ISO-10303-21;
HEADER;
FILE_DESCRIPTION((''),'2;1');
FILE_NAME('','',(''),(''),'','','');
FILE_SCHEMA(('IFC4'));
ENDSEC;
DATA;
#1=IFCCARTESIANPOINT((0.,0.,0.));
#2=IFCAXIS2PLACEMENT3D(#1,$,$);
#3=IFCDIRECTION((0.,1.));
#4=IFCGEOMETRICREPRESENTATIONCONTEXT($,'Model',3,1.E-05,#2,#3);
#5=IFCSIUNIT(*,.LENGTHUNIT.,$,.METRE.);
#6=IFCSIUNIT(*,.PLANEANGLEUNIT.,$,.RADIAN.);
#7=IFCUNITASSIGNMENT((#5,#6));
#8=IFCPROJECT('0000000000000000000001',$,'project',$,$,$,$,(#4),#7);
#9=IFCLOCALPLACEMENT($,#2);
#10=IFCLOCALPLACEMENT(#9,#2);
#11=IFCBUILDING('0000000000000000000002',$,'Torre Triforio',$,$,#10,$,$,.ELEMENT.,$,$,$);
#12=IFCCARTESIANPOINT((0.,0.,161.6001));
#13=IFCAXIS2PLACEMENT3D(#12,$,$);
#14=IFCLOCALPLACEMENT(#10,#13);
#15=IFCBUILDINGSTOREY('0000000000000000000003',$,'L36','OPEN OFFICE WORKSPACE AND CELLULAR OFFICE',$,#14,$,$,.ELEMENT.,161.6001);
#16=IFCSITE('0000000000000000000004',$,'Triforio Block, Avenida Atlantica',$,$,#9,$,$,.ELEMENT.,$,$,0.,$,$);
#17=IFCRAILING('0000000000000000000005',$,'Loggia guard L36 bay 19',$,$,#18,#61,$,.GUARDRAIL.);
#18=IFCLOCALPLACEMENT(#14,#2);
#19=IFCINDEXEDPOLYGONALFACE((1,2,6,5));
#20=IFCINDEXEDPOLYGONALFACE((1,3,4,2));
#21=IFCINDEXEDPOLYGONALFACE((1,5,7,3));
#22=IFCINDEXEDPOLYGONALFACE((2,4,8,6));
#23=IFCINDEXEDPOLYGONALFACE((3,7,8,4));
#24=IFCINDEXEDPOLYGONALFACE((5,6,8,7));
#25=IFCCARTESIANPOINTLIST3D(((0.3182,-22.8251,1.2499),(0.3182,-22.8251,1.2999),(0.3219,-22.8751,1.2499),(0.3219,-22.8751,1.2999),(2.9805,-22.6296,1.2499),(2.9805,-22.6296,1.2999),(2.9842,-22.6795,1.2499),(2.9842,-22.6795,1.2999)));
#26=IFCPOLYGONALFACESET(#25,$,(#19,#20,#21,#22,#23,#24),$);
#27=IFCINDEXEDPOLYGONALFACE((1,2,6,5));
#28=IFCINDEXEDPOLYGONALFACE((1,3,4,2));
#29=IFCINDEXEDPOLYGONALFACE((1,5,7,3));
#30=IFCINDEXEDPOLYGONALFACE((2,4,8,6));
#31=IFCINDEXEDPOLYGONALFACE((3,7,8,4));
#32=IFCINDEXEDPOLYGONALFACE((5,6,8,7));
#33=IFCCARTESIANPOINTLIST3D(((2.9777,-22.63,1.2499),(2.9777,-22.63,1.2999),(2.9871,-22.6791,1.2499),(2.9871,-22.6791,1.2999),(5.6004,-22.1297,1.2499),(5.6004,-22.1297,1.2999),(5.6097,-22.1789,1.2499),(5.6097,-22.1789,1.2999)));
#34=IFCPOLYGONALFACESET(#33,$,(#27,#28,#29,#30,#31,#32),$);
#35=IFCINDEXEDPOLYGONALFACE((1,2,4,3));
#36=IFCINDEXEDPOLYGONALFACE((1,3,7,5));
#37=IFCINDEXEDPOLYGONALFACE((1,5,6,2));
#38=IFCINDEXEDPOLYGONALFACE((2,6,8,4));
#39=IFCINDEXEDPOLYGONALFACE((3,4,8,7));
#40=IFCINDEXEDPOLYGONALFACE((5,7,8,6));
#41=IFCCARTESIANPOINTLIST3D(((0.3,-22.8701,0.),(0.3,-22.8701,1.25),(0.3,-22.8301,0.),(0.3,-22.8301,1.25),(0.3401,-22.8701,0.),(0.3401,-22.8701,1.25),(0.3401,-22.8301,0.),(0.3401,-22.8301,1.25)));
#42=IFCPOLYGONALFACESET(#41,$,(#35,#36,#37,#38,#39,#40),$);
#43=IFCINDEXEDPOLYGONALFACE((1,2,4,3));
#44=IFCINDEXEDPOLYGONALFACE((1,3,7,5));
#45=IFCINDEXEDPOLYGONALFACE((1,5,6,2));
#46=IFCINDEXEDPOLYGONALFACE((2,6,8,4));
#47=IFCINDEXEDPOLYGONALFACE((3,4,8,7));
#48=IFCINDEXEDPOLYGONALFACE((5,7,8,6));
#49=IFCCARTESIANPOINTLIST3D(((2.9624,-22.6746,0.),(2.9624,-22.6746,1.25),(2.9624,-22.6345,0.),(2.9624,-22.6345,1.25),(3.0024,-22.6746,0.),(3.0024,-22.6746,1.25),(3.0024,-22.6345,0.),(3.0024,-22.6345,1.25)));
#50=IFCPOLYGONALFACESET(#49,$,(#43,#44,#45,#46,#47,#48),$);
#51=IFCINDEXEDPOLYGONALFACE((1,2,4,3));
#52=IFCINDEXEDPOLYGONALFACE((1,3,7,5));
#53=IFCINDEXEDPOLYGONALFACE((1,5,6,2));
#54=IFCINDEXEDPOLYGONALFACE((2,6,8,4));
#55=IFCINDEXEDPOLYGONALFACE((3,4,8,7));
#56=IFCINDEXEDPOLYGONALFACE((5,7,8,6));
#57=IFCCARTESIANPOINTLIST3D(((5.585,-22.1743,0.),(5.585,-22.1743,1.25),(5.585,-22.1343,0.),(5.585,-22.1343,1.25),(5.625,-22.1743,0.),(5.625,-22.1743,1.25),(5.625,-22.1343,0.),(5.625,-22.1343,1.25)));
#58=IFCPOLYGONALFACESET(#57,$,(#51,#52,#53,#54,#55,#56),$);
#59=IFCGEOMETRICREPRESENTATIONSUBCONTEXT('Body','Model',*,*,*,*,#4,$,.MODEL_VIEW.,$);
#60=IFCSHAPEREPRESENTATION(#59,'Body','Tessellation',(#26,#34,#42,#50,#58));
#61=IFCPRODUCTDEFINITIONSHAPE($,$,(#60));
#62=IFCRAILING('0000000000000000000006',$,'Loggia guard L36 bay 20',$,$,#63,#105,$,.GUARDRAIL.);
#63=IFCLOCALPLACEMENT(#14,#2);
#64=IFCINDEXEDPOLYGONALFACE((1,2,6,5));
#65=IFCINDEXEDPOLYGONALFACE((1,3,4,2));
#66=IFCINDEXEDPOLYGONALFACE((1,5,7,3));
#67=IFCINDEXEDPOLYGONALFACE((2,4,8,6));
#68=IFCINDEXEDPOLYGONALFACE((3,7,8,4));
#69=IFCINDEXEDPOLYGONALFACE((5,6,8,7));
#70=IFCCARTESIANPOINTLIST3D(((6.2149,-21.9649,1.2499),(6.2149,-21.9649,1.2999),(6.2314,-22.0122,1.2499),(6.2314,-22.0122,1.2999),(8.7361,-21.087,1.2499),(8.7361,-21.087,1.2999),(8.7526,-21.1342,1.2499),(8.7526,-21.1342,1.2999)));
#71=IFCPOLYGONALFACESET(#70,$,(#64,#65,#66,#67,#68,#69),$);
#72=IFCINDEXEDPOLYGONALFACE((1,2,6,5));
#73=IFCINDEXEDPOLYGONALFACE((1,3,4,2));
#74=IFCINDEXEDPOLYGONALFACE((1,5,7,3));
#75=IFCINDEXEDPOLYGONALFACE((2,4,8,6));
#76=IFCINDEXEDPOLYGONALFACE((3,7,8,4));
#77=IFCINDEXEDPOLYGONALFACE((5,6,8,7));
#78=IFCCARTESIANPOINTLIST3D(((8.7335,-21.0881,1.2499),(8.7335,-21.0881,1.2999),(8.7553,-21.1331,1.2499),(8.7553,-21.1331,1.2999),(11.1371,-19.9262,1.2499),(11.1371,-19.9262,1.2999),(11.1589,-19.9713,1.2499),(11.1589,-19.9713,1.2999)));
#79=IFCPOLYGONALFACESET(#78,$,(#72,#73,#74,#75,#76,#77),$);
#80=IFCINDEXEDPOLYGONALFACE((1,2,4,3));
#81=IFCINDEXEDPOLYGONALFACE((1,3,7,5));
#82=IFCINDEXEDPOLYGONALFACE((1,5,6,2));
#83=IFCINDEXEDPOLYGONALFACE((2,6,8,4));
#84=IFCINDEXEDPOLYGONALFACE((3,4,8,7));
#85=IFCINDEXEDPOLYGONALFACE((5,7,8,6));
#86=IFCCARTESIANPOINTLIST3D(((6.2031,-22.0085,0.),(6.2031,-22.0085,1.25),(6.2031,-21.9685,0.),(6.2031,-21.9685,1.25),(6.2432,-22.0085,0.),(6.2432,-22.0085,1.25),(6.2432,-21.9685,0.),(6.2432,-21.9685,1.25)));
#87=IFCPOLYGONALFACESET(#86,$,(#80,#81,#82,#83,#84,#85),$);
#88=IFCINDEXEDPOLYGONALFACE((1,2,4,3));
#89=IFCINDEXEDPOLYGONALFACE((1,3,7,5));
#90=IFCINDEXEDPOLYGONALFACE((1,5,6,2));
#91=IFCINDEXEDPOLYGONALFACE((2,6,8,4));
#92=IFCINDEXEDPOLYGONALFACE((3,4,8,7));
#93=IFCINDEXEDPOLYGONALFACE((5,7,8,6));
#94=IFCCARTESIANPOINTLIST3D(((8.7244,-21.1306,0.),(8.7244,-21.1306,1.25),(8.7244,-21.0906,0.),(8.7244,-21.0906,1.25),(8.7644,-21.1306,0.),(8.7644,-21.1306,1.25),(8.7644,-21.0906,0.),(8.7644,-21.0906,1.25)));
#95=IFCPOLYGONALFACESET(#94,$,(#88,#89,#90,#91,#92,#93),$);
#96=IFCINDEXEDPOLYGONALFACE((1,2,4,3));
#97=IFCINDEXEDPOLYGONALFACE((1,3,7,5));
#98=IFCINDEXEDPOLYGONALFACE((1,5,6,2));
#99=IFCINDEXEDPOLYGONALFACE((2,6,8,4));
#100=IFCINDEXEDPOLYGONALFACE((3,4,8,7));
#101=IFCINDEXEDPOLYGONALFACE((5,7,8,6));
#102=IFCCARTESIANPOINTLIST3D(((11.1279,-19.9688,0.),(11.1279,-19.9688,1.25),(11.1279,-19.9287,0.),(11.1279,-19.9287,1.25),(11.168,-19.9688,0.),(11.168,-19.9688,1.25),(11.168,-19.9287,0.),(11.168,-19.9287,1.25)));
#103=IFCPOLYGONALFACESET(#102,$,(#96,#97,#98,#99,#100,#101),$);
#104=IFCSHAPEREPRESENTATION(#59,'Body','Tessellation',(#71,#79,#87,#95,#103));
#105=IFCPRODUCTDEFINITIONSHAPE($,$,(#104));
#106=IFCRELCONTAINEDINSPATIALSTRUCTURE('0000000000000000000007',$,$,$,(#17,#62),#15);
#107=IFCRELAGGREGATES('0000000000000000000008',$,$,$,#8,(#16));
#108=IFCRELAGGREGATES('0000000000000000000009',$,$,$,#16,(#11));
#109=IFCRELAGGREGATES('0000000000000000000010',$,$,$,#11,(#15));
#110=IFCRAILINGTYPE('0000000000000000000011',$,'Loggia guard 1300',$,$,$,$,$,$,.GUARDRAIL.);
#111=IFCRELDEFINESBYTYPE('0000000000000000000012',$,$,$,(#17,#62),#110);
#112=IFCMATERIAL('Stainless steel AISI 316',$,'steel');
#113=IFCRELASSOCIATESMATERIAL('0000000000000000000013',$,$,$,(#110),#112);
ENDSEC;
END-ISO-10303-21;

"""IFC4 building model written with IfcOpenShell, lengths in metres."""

from ifc_helpers import new_model, si_unit, direction, frame, origin, origin_2d, place, context, subcontext, project, spatial, rectangle, extrude, material, type_object, element, save


model = new_model("IFC4")

# Units and contexts
model_context = context("Model", 3, precision=1e-05, world=origin(), true_north=direction((0.0, 1.0)))
body_context = subcontext(model_context, "Body", "Model", "MODEL_VIEW")
ifc_project = project(units=[si_unit("LENGTHUNIT", "METRE"), si_unit("PLANEANGLEUNIT", "RADIAN")], contexts=[model_context])

# Site, building, storey
site_placement = place(None, origin())
site = spatial("IfcSite", under=ifc_project, at=site_placement, Name="Triforio Block, Avenida Atlantica", CompositionType="ELEMENT", RefElevation=0.0)
building_placement = place(site_placement, origin())
building = spatial("IfcBuilding", under=site, at=building_placement, Name="Torre Triforio", CompositionType="ELEMENT")
storey_placement = place(building_placement, frame((0.0, 0.0, 161.6001)))
storey = spatial("IfcBuildingStorey", under=building, at=storey_placement, Name="L36", Description="OPEN OFFICE WORKSPACE AND CELLULAR OFFICE", CompositionType="ELEMENT", Elevation=161.6001)

# Railings
ifc_material_1 = material(Name="Stainless steel AISI 316", Category="steel")
railing_type = type_object("IfcRailingType", Name="Loggia guard 1300", PredefinedType="GUARDRAIL", material=ifc_material_1)
railing_1_placement = place(storey_placement, frame((0.3201, -22.8501, 0.0)))
element("IfcRailing", 1, at=railing_1_placement, inside=storey, type_object=railing_type, Name="Loggia guard L36 bay 19", PredefinedType="GUARDRAIL", context=body_context, shape_type="SweptSolid", body=[
    extrude(rectangle(XDim=0.05, YDim=0.05, at=origin_2d()), frame((0.0, 0.0, 1.2749), z_axis=(0.997313, 0.073255, 0.0), x_axis=(-0.073255, 0.997313, 0.0)), (0.0, 0.0, 1.0), 2.6694),
    extrude(rectangle(XDim=0.05, YDim=0.05, at=origin_2d()), frame((2.6624, 0.1956, 1.2749), z_axis=(0.98229, 0.187368, 0.0), x_axis=(-0.187368, 0.98229, 0.0)), (0.0, 0.0, 1.0), 2.6699),
    extrude(rectangle(XDim=0.04, YDim=0.04, at=origin_2d()), origin(), (0.0, 0.0, 1.0), 1.25),
    extrude(rectangle(XDim=0.04, YDim=0.04, at=origin_2d()), frame((2.6624, 0.1956, 0.0)), (0.0, 0.0, 1.0), 1.25),
    extrude(rectangle(XDim=0.04, YDim=0.04, at=origin_2d()), frame((5.2849, 0.6958, 0.0)), (0.0, 0.0, 1.0), 1.25),
])
railing_2_placement = place(storey_placement, frame((6.2231, -21.9885, 0.0)))
element("IfcRailing", 2, at=railing_2_placement, inside=storey, type_object=railing_type, Name="Loggia guard L36 bay 20", PredefinedType="GUARDRAIL", context=body_context, shape_type="SweptSolid", body=[
    extrude(rectangle(XDim=0.05, YDim=0.05, at=origin_2d()), frame((0.0, 0.0, 1.2749), z_axis=(0.944383, 0.328847, 0.0), x_axis=(-0.328847, 0.944383, 0.0)), (0.0, 0.0, 1.0), 2.6697),
    extrude(rectangle(XDim=0.05, YDim=0.05, at=origin_2d()), frame((2.5212, 0.8779, 1.2749), z_axis=(0.900328, 0.435212, 0.0), x_axis=(-0.435212, 0.900328, 0.0)), (0.0, 0.0, 1.0), 2.6697),
    extrude(rectangle(XDim=0.04, YDim=0.04, at=origin_2d()), origin(), (0.0, 0.0, 1.0), 1.25),
    extrude(rectangle(XDim=0.04, YDim=0.04, at=origin_2d()), frame((2.5212, 0.8779, 0.0)), (0.0, 0.0, 1.0), 1.25),
    extrude(rectangle(XDim=0.04, YDim=0.04, at=origin_2d()), frame((4.9248, 2.0398, 0.0)), (0.0, 0.0, 1.0), 1.25),
])

save(model, "model.ifc")
